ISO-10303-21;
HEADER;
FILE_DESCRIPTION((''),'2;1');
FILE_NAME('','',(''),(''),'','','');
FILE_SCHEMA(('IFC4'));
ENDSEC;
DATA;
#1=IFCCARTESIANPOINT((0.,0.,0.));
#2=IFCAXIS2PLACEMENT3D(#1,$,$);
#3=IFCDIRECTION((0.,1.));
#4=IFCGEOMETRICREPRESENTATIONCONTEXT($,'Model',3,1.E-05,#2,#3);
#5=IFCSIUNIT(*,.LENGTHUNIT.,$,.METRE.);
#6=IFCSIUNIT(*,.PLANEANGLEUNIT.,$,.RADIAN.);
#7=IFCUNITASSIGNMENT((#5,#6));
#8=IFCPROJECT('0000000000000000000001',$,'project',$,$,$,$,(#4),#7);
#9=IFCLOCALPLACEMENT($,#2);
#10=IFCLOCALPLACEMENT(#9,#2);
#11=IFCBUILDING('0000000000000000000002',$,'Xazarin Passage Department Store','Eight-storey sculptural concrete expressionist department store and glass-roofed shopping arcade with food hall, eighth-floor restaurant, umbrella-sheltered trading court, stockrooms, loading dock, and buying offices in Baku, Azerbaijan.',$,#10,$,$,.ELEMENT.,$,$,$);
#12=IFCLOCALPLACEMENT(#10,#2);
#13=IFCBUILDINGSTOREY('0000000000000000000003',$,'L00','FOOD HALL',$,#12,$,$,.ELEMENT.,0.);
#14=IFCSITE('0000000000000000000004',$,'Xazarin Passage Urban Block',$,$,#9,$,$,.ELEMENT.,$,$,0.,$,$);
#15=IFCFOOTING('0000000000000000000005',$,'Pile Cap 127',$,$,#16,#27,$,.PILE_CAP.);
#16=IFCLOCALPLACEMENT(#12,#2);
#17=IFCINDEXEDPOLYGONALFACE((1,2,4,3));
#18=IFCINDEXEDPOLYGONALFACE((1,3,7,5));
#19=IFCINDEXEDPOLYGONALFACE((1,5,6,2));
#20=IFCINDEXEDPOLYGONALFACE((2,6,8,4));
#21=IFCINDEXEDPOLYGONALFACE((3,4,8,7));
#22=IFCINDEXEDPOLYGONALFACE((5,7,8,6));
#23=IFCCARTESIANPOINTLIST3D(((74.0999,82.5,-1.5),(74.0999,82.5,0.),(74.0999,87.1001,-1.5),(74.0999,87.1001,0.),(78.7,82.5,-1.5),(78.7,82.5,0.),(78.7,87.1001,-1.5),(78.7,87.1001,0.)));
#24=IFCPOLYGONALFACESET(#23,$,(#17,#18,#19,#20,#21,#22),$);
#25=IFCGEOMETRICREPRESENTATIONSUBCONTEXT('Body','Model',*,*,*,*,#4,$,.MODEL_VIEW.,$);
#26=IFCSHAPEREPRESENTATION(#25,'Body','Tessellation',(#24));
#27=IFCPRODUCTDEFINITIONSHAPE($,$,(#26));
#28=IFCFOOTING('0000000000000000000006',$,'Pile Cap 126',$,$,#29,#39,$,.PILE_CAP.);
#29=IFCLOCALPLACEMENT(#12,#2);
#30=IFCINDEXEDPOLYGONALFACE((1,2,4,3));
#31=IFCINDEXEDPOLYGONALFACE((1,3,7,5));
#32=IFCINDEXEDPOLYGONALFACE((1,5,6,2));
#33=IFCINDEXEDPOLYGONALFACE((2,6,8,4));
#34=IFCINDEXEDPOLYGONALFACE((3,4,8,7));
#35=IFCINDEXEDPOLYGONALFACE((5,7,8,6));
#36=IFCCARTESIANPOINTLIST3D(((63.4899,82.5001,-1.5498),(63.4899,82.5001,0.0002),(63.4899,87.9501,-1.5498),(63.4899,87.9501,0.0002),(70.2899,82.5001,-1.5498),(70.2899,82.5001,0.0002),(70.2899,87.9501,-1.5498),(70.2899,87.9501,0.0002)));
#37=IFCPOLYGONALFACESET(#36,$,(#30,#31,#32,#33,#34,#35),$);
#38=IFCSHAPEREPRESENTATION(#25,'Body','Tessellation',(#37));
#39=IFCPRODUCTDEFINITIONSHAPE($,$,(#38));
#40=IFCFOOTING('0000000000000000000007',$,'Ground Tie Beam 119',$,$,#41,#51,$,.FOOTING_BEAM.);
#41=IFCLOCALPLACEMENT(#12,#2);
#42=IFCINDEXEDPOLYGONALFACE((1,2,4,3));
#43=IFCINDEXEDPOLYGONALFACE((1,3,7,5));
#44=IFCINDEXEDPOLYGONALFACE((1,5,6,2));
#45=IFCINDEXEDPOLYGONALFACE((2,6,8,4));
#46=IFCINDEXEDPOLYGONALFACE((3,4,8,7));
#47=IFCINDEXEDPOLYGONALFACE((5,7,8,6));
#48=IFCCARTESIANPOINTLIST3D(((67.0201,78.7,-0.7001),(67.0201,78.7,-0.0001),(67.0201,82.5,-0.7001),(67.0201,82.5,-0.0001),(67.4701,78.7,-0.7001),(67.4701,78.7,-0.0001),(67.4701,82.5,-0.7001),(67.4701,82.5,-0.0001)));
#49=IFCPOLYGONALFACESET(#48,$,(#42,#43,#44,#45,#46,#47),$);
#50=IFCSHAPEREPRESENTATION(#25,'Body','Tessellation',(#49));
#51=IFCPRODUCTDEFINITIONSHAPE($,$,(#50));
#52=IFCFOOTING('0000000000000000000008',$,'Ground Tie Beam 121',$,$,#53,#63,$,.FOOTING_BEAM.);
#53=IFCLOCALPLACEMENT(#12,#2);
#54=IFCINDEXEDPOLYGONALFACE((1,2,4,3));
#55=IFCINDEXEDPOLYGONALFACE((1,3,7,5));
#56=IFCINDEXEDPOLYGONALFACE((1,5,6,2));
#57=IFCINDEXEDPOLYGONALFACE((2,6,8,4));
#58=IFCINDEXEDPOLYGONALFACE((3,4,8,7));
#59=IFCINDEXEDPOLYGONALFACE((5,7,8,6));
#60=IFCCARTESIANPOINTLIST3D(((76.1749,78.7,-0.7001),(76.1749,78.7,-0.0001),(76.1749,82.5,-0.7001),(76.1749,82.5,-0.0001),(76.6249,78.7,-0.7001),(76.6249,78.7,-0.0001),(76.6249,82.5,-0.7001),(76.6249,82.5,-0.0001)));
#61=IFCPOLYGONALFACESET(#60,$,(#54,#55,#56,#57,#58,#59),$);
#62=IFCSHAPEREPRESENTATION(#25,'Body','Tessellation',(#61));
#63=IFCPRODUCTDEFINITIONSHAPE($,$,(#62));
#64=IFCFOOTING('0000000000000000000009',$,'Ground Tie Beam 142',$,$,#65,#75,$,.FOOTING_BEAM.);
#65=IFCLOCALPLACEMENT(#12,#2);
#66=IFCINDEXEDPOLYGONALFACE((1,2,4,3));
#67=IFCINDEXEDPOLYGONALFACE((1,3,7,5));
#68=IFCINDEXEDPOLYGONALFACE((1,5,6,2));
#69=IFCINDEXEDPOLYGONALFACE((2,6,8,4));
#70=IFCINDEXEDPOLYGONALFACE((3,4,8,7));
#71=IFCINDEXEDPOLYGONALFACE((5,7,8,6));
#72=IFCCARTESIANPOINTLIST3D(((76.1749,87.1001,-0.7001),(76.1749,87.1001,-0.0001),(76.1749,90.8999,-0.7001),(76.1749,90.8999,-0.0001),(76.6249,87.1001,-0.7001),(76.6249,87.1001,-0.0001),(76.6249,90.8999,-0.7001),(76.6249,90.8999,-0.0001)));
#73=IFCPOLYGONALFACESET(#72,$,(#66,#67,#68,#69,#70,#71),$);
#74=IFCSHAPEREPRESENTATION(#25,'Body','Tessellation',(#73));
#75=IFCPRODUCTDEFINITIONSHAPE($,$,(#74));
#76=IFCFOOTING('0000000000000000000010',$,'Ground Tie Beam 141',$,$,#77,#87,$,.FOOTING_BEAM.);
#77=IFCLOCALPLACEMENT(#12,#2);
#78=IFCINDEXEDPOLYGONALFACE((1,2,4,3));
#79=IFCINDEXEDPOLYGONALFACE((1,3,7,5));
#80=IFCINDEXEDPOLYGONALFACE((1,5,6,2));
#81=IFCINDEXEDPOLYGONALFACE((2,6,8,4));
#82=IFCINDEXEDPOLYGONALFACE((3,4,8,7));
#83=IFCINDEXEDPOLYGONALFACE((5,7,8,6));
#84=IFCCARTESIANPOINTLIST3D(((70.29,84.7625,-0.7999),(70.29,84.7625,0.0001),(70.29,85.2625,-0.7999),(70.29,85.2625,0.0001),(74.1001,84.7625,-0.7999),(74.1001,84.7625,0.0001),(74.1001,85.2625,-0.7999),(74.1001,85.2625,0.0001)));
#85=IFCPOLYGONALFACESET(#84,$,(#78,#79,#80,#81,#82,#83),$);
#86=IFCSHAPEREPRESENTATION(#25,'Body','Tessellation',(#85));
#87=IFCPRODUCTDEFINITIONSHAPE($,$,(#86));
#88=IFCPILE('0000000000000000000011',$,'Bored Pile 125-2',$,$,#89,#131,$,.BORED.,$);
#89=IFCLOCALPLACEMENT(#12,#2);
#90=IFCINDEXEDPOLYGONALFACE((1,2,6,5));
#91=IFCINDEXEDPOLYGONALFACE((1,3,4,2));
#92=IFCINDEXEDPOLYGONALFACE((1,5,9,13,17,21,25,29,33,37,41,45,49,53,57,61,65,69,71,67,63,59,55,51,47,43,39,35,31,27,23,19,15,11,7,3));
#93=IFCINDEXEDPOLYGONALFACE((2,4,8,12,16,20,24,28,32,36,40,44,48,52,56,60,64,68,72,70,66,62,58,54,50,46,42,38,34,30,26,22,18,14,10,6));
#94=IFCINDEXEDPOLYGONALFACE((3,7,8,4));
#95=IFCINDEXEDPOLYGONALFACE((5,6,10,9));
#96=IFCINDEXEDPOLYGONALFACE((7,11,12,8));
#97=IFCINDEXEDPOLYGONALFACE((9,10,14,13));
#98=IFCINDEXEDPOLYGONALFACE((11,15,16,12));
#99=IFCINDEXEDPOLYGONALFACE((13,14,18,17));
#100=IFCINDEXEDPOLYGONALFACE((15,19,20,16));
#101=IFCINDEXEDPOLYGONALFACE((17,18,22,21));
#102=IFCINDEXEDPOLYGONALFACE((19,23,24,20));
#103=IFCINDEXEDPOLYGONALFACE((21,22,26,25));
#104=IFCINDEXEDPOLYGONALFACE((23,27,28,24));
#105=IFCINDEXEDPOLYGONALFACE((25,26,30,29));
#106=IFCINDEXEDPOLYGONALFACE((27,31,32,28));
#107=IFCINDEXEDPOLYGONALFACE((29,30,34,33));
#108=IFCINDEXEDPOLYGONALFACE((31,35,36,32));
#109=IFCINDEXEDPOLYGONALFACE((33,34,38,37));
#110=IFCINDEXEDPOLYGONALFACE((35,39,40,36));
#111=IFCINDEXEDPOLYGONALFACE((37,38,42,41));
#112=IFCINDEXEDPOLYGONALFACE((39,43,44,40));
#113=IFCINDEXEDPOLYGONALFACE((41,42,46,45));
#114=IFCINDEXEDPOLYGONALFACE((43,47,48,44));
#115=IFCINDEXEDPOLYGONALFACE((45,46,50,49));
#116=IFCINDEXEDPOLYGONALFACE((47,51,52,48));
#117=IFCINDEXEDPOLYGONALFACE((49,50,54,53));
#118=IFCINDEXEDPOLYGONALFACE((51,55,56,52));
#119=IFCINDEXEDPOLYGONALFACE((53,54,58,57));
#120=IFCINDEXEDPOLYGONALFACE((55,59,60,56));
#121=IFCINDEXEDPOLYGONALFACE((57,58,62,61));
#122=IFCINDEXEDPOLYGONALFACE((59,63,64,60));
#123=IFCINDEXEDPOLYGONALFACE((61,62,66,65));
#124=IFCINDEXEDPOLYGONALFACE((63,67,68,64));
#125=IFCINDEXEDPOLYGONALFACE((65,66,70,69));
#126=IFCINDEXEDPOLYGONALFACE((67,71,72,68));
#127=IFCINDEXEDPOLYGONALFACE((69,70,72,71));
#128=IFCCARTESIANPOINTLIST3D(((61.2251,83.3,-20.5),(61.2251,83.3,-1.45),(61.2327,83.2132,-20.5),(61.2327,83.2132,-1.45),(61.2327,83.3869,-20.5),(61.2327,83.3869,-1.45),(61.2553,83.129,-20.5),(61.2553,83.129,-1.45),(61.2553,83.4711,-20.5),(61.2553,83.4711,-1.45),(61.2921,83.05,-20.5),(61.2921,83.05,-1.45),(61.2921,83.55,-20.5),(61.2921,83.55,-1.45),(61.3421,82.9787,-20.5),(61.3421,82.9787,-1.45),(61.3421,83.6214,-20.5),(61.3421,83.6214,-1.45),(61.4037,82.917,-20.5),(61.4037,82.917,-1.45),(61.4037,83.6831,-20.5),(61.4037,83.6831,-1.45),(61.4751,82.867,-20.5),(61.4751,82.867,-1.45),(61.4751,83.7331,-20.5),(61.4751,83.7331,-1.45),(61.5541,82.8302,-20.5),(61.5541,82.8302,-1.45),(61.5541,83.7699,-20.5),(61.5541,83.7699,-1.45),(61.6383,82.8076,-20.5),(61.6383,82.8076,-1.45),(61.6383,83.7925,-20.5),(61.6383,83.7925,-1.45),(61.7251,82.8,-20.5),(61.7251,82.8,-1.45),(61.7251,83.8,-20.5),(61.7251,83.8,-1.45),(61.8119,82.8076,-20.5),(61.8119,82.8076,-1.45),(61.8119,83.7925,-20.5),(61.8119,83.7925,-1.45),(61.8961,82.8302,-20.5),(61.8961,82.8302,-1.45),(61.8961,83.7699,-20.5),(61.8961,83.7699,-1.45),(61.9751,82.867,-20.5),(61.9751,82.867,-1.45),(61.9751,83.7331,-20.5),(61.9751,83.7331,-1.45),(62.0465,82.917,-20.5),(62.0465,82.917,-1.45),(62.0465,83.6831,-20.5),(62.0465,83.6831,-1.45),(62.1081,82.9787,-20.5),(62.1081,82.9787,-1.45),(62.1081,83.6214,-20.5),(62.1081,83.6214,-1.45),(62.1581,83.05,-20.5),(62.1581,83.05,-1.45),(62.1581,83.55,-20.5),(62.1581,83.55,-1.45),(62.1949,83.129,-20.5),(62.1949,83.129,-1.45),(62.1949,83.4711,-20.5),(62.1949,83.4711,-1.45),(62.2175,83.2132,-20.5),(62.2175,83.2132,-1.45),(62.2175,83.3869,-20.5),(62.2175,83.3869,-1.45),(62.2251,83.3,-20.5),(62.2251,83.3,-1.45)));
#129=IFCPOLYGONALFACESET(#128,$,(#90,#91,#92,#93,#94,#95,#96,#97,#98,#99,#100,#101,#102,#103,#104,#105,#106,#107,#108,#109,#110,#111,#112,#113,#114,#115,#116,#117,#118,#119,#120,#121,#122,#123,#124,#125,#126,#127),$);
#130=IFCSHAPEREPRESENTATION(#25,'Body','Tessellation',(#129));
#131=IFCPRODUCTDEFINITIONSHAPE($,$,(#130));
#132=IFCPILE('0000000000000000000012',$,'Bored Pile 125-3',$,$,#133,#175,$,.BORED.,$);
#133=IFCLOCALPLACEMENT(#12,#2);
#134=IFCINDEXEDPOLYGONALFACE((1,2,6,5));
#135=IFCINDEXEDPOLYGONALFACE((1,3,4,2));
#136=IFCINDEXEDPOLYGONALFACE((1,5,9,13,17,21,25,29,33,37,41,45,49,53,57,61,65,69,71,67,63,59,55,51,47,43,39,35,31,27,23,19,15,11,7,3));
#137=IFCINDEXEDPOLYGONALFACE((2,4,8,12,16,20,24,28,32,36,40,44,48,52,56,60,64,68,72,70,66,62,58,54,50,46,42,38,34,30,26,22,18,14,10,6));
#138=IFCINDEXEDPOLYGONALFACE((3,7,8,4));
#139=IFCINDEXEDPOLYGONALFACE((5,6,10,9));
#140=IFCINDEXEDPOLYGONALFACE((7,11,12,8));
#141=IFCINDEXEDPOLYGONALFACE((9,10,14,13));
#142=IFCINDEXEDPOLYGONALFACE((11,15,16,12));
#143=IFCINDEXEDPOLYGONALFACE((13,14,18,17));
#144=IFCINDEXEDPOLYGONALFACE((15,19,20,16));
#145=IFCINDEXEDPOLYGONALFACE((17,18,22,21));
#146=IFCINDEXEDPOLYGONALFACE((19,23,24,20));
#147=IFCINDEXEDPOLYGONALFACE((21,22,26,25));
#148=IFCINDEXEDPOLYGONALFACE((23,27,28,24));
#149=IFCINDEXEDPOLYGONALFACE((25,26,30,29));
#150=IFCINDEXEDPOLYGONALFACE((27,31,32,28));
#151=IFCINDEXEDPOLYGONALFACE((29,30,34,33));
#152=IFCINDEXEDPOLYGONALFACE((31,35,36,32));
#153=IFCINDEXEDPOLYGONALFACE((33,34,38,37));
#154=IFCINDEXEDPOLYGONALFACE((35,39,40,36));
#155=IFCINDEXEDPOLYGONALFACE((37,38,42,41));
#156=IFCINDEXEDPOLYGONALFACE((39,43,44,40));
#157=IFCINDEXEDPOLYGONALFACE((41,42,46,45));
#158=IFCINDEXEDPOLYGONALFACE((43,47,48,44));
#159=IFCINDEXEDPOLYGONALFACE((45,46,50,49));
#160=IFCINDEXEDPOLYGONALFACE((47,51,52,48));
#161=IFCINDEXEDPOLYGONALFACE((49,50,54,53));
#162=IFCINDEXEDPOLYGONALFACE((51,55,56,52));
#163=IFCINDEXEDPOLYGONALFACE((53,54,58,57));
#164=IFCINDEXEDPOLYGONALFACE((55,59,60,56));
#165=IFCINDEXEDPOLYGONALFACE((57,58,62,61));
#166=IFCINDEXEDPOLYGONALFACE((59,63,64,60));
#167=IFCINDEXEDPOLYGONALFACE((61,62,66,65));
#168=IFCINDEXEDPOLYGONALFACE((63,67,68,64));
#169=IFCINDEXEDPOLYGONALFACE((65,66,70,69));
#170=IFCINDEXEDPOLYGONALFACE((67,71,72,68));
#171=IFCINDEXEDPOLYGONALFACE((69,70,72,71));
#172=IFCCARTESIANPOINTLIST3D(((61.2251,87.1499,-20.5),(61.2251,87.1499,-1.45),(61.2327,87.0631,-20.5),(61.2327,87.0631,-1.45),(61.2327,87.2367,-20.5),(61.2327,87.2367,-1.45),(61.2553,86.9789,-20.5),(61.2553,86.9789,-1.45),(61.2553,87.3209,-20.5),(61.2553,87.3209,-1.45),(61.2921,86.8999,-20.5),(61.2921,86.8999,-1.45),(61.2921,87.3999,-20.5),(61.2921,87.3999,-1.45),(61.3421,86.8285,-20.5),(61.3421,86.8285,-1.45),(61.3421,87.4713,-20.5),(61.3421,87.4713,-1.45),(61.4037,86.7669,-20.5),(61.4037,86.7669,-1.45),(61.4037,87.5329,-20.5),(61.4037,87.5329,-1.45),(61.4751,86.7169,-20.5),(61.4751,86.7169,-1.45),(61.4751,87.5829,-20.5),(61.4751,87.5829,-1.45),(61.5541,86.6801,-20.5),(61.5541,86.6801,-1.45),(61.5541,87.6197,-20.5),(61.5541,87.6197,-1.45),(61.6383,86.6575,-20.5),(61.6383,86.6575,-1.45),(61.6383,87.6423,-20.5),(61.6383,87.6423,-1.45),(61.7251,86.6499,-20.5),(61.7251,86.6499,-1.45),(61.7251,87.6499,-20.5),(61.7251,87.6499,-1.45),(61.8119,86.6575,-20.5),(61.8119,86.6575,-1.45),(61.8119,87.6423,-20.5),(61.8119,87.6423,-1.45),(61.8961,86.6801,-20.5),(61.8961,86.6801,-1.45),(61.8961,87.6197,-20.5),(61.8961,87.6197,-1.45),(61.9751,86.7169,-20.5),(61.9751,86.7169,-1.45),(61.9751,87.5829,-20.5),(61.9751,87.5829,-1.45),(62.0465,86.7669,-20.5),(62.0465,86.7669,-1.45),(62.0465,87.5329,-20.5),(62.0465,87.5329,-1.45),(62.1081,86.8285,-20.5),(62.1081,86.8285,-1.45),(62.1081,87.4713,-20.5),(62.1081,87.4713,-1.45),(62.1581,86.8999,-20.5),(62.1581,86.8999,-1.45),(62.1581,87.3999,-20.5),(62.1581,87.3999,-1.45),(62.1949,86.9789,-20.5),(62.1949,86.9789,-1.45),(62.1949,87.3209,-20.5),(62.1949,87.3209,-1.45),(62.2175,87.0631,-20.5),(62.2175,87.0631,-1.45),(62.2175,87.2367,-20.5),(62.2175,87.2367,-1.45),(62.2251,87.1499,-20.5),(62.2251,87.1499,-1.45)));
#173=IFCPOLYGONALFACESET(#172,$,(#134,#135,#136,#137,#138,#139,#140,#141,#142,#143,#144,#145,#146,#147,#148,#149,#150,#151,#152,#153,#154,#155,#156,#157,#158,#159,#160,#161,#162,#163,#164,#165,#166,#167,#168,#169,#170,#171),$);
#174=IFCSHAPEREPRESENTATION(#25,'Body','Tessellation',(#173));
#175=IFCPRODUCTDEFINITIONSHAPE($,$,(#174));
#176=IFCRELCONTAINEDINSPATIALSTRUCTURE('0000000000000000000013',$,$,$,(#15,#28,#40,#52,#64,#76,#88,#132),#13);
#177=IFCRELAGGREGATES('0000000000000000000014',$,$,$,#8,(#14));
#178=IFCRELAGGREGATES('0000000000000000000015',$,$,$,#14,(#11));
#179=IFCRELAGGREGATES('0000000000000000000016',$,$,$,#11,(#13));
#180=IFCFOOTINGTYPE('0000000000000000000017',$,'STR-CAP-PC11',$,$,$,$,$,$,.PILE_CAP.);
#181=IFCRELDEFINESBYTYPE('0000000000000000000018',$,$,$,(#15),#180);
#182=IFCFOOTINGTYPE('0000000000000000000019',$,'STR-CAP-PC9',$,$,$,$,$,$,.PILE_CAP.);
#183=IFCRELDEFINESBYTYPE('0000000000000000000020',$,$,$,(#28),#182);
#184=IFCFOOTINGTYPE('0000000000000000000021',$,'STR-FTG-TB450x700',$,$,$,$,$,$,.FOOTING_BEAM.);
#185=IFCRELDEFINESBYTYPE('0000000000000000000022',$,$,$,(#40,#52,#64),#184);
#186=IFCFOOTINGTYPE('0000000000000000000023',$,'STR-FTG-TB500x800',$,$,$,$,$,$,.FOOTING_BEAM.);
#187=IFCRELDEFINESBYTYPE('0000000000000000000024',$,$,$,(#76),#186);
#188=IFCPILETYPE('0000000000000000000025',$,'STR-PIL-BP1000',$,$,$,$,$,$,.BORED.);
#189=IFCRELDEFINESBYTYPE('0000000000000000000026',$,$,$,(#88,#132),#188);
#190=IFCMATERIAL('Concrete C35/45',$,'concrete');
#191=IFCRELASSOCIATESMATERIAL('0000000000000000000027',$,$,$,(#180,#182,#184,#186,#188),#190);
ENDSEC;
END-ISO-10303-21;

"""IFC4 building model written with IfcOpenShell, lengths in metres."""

from ifc_helpers import new_model, si_unit, direction, frame, origin, origin_2d, place, context, subcontext, project, spatial, rectangle, circle, extrude, material, material_profile, profile_set, type_object, element, save


model = new_model("IFC4")

# Units and contexts
model_context = context("Model", 3, precision=1e-05, world=origin(), true_north=direction((0.0, 1.0)))
body_context = subcontext(model_context, "Body", "Model", "MODEL_VIEW")
ifc_project = project(units=[si_unit("LENGTHUNIT", "METRE"), si_unit("PLANEANGLEUNIT", "RADIAN")], contexts=[model_context])

# Site, building, storey
site_placement = place(None, origin())
site = spatial("IfcSite", under=ifc_project, at=site_placement, Name="Xazarin Passage Urban Block", CompositionType="ELEMENT", RefElevation=0.0)
building_placement = place(site_placement, origin())
building = spatial("IfcBuilding", under=site, at=building_placement, Name="Xazarin Passage Department Store", Description="Eight-storey sculptural concrete expressionist department store and glass-roofed shopping arcade with food hall, eighth-floor restaurant, umbrella-sheltered trading court, stockrooms, loading dock, and buying offices in Baku, Azerbaijan.", CompositionType="ELEMENT")
storey_placement = place(building_placement, origin())
storey = spatial("IfcBuildingStorey", under=building, at=storey_placement, Name="L00", Description="FOOD HALL", CompositionType="ELEMENT", Elevation=0.0)

# Footings
ifc_material_1 = material(Name="Concrete C35/45", Category="concrete")
footing_type_1 = type_object("IfcFootingType", Name="STR-CAP-PC11", PredefinedType="PILE_CAP", material=ifc_material_1)
footing_1_placement = place(storey_placement, frame((76.3999, 84.8, -1.5), z_axis=(0.0, 0.0, 1.0), x_axis=(1.0, 0.0, 0.0)))
element("IfcFooting", 1, at=footing_1_placement, inside=storey, type_object=footing_type_1, Name="Pile Cap 127", PredefinedType="PILE_CAP", context=body_context, shape_type="SweptSolid", body=[
    extrude(rectangle(XDim=4.6001, YDim=4.6001, at=origin_2d()), origin(), (0.0, 0.0, 1.0), 1.5),
])
footing_type_2 = type_object("IfcFootingType", Name="STR-CAP-PC9", PredefinedType="PILE_CAP", material=ifc_material_1)
footing_2_placement = place(storey_placement, frame((66.8899, 85.2251, -1.5498), z_axis=(0.0, 0.0, 1.0), x_axis=(1.0, 0.0, 0.0)))
element("IfcFooting", 2, at=footing_2_placement, inside=storey, type_object=footing_type_2, Name="Pile Cap 126", PredefinedType="PILE_CAP", context=body_context, shape_type="SweptSolid", body=[
    extrude(rectangle(XDim=6.8, YDim=5.45, at=origin_2d()), origin(), (0.0, 0.0, 1.0), 1.55),
])
ifc_material_profile_1 = material_profile(ifc_material_1, rectangle(XDim=0.45, YDim=0.7, at=origin_2d()), Name="RC 450x700")
ifc_profile_set_1 = profile_set([ifc_material_profile_1], Name="Concrete C35/45")
footing_type_3 = type_object("IfcFootingType", Name="STR-FTG-TB450x700", PredefinedType="FOOTING_BEAM", material=ifc_profile_set_1)
for number, where, z_axis, x_axis, name in (
    (3, (67.2451, 78.7, -0.3501), (0.0, 1.0, 0.0), (-1.0, 0.0, 0.0), "Ground Tie Beam 119"),
    (4, (76.3999, 78.7, -0.3501), (0.0, 1.0, 0.0), (-1.0, 0.0, 0.0), "Ground Tie Beam 121"),
):
    element("IfcFooting", number, at=place(storey_placement, frame(where, z_axis=z_axis, x_axis=x_axis)), inside=storey, type_object=footing_type_3, Name=name, PredefinedType="FOOTING_BEAM", context=body_context, shape_type="SweptSolid", body=[
        extrude(rectangle(XDim=0.45, YDim=0.7, at=origin_2d()), origin(), (0.0, 0.0, 1.0), 3.8),
    ])
footing_3_placement = place(storey_placement, frame((76.3999, 87.1001, -0.3501), z_axis=(0.0, 1.0, 0.0), x_axis=(-1.0, 0.0, 0.0)))
element("IfcFooting", 5, at=footing_3_placement, inside=storey, type_object=footing_type_3, Name="Ground Tie Beam 142", PredefinedType="FOOTING_BEAM", context=body_context, shape_type="SweptSolid", body=[
    extrude(rectangle(XDim=0.45, YDim=0.7, at=origin_2d()), origin(), (0.0, 0.0, 1.0), 3.7998),
])
ifc_material_profile_2 = material_profile(ifc_material_1, rectangle(XDim=0.5, YDim=0.8, at=origin_2d()), Name="RC 500x800")
ifc_profile_set_2 = profile_set([ifc_material_profile_2], Name="Concrete C35/45")
footing_type_4 = type_object("IfcFootingType", Name="STR-FTG-TB500x800", PredefinedType="FOOTING_BEAM", material=ifc_profile_set_2)
footing_4_placement = place(storey_placement, frame((70.29, 85.0125, -0.3999), z_axis=(1.0, 0.0, 0.0), x_axis=(0.0, 1.0, 0.0)))
element("IfcFooting", 6, at=footing_4_placement, inside=storey, type_object=footing_type_4, Name="Ground Tie Beam 141", PredefinedType="FOOTING_BEAM", context=body_context, shape_type="SweptSolid", body=[
    extrude(rectangle(XDim=0.5, YDim=0.8, at=origin_2d()), origin(), (0.0, 0.0, 1.0), 3.8101),
])

# Piles
ifc_material_profile_3 = material_profile(ifc_material_1, circle(Radius=0.5, at=origin_2d()), Name="BP 1000")
ifc_profile_set_3 = profile_set([ifc_material_profile_3], Name="Concrete C35/45")
pile_type_1 = type_object("IfcPileType", Name="STR-PIL-BP1000", PredefinedType="BORED", material=ifc_profile_set_3)
for number, where, z_axis, x_axis, name in (
    (7, (61.7251, 83.3, -1.45), (0.0, 0.0, -1.0), (1.0, 0.0, 0.0), "Bored Pile 125-2"),
    (8, (61.7251, 87.1499, -1.45), (0.0, 0.0, -1.0), (1.0, 0.0, 0.0), "Bored Pile 125-3"),
):
    element("IfcPile", number, at=place(storey_placement, frame(where, z_axis=z_axis, x_axis=x_axis)), inside=storey, type_object=pile_type_1, Name=name, PredefinedType="BORED", context=body_context, shape_type="SweptSolid", body=[
        extrude(circle(Radius=0.5, at=origin_2d()), origin(), (0.0, 0.0, 1.0), 19.05),
    ])

save(model, "model.ifc")
